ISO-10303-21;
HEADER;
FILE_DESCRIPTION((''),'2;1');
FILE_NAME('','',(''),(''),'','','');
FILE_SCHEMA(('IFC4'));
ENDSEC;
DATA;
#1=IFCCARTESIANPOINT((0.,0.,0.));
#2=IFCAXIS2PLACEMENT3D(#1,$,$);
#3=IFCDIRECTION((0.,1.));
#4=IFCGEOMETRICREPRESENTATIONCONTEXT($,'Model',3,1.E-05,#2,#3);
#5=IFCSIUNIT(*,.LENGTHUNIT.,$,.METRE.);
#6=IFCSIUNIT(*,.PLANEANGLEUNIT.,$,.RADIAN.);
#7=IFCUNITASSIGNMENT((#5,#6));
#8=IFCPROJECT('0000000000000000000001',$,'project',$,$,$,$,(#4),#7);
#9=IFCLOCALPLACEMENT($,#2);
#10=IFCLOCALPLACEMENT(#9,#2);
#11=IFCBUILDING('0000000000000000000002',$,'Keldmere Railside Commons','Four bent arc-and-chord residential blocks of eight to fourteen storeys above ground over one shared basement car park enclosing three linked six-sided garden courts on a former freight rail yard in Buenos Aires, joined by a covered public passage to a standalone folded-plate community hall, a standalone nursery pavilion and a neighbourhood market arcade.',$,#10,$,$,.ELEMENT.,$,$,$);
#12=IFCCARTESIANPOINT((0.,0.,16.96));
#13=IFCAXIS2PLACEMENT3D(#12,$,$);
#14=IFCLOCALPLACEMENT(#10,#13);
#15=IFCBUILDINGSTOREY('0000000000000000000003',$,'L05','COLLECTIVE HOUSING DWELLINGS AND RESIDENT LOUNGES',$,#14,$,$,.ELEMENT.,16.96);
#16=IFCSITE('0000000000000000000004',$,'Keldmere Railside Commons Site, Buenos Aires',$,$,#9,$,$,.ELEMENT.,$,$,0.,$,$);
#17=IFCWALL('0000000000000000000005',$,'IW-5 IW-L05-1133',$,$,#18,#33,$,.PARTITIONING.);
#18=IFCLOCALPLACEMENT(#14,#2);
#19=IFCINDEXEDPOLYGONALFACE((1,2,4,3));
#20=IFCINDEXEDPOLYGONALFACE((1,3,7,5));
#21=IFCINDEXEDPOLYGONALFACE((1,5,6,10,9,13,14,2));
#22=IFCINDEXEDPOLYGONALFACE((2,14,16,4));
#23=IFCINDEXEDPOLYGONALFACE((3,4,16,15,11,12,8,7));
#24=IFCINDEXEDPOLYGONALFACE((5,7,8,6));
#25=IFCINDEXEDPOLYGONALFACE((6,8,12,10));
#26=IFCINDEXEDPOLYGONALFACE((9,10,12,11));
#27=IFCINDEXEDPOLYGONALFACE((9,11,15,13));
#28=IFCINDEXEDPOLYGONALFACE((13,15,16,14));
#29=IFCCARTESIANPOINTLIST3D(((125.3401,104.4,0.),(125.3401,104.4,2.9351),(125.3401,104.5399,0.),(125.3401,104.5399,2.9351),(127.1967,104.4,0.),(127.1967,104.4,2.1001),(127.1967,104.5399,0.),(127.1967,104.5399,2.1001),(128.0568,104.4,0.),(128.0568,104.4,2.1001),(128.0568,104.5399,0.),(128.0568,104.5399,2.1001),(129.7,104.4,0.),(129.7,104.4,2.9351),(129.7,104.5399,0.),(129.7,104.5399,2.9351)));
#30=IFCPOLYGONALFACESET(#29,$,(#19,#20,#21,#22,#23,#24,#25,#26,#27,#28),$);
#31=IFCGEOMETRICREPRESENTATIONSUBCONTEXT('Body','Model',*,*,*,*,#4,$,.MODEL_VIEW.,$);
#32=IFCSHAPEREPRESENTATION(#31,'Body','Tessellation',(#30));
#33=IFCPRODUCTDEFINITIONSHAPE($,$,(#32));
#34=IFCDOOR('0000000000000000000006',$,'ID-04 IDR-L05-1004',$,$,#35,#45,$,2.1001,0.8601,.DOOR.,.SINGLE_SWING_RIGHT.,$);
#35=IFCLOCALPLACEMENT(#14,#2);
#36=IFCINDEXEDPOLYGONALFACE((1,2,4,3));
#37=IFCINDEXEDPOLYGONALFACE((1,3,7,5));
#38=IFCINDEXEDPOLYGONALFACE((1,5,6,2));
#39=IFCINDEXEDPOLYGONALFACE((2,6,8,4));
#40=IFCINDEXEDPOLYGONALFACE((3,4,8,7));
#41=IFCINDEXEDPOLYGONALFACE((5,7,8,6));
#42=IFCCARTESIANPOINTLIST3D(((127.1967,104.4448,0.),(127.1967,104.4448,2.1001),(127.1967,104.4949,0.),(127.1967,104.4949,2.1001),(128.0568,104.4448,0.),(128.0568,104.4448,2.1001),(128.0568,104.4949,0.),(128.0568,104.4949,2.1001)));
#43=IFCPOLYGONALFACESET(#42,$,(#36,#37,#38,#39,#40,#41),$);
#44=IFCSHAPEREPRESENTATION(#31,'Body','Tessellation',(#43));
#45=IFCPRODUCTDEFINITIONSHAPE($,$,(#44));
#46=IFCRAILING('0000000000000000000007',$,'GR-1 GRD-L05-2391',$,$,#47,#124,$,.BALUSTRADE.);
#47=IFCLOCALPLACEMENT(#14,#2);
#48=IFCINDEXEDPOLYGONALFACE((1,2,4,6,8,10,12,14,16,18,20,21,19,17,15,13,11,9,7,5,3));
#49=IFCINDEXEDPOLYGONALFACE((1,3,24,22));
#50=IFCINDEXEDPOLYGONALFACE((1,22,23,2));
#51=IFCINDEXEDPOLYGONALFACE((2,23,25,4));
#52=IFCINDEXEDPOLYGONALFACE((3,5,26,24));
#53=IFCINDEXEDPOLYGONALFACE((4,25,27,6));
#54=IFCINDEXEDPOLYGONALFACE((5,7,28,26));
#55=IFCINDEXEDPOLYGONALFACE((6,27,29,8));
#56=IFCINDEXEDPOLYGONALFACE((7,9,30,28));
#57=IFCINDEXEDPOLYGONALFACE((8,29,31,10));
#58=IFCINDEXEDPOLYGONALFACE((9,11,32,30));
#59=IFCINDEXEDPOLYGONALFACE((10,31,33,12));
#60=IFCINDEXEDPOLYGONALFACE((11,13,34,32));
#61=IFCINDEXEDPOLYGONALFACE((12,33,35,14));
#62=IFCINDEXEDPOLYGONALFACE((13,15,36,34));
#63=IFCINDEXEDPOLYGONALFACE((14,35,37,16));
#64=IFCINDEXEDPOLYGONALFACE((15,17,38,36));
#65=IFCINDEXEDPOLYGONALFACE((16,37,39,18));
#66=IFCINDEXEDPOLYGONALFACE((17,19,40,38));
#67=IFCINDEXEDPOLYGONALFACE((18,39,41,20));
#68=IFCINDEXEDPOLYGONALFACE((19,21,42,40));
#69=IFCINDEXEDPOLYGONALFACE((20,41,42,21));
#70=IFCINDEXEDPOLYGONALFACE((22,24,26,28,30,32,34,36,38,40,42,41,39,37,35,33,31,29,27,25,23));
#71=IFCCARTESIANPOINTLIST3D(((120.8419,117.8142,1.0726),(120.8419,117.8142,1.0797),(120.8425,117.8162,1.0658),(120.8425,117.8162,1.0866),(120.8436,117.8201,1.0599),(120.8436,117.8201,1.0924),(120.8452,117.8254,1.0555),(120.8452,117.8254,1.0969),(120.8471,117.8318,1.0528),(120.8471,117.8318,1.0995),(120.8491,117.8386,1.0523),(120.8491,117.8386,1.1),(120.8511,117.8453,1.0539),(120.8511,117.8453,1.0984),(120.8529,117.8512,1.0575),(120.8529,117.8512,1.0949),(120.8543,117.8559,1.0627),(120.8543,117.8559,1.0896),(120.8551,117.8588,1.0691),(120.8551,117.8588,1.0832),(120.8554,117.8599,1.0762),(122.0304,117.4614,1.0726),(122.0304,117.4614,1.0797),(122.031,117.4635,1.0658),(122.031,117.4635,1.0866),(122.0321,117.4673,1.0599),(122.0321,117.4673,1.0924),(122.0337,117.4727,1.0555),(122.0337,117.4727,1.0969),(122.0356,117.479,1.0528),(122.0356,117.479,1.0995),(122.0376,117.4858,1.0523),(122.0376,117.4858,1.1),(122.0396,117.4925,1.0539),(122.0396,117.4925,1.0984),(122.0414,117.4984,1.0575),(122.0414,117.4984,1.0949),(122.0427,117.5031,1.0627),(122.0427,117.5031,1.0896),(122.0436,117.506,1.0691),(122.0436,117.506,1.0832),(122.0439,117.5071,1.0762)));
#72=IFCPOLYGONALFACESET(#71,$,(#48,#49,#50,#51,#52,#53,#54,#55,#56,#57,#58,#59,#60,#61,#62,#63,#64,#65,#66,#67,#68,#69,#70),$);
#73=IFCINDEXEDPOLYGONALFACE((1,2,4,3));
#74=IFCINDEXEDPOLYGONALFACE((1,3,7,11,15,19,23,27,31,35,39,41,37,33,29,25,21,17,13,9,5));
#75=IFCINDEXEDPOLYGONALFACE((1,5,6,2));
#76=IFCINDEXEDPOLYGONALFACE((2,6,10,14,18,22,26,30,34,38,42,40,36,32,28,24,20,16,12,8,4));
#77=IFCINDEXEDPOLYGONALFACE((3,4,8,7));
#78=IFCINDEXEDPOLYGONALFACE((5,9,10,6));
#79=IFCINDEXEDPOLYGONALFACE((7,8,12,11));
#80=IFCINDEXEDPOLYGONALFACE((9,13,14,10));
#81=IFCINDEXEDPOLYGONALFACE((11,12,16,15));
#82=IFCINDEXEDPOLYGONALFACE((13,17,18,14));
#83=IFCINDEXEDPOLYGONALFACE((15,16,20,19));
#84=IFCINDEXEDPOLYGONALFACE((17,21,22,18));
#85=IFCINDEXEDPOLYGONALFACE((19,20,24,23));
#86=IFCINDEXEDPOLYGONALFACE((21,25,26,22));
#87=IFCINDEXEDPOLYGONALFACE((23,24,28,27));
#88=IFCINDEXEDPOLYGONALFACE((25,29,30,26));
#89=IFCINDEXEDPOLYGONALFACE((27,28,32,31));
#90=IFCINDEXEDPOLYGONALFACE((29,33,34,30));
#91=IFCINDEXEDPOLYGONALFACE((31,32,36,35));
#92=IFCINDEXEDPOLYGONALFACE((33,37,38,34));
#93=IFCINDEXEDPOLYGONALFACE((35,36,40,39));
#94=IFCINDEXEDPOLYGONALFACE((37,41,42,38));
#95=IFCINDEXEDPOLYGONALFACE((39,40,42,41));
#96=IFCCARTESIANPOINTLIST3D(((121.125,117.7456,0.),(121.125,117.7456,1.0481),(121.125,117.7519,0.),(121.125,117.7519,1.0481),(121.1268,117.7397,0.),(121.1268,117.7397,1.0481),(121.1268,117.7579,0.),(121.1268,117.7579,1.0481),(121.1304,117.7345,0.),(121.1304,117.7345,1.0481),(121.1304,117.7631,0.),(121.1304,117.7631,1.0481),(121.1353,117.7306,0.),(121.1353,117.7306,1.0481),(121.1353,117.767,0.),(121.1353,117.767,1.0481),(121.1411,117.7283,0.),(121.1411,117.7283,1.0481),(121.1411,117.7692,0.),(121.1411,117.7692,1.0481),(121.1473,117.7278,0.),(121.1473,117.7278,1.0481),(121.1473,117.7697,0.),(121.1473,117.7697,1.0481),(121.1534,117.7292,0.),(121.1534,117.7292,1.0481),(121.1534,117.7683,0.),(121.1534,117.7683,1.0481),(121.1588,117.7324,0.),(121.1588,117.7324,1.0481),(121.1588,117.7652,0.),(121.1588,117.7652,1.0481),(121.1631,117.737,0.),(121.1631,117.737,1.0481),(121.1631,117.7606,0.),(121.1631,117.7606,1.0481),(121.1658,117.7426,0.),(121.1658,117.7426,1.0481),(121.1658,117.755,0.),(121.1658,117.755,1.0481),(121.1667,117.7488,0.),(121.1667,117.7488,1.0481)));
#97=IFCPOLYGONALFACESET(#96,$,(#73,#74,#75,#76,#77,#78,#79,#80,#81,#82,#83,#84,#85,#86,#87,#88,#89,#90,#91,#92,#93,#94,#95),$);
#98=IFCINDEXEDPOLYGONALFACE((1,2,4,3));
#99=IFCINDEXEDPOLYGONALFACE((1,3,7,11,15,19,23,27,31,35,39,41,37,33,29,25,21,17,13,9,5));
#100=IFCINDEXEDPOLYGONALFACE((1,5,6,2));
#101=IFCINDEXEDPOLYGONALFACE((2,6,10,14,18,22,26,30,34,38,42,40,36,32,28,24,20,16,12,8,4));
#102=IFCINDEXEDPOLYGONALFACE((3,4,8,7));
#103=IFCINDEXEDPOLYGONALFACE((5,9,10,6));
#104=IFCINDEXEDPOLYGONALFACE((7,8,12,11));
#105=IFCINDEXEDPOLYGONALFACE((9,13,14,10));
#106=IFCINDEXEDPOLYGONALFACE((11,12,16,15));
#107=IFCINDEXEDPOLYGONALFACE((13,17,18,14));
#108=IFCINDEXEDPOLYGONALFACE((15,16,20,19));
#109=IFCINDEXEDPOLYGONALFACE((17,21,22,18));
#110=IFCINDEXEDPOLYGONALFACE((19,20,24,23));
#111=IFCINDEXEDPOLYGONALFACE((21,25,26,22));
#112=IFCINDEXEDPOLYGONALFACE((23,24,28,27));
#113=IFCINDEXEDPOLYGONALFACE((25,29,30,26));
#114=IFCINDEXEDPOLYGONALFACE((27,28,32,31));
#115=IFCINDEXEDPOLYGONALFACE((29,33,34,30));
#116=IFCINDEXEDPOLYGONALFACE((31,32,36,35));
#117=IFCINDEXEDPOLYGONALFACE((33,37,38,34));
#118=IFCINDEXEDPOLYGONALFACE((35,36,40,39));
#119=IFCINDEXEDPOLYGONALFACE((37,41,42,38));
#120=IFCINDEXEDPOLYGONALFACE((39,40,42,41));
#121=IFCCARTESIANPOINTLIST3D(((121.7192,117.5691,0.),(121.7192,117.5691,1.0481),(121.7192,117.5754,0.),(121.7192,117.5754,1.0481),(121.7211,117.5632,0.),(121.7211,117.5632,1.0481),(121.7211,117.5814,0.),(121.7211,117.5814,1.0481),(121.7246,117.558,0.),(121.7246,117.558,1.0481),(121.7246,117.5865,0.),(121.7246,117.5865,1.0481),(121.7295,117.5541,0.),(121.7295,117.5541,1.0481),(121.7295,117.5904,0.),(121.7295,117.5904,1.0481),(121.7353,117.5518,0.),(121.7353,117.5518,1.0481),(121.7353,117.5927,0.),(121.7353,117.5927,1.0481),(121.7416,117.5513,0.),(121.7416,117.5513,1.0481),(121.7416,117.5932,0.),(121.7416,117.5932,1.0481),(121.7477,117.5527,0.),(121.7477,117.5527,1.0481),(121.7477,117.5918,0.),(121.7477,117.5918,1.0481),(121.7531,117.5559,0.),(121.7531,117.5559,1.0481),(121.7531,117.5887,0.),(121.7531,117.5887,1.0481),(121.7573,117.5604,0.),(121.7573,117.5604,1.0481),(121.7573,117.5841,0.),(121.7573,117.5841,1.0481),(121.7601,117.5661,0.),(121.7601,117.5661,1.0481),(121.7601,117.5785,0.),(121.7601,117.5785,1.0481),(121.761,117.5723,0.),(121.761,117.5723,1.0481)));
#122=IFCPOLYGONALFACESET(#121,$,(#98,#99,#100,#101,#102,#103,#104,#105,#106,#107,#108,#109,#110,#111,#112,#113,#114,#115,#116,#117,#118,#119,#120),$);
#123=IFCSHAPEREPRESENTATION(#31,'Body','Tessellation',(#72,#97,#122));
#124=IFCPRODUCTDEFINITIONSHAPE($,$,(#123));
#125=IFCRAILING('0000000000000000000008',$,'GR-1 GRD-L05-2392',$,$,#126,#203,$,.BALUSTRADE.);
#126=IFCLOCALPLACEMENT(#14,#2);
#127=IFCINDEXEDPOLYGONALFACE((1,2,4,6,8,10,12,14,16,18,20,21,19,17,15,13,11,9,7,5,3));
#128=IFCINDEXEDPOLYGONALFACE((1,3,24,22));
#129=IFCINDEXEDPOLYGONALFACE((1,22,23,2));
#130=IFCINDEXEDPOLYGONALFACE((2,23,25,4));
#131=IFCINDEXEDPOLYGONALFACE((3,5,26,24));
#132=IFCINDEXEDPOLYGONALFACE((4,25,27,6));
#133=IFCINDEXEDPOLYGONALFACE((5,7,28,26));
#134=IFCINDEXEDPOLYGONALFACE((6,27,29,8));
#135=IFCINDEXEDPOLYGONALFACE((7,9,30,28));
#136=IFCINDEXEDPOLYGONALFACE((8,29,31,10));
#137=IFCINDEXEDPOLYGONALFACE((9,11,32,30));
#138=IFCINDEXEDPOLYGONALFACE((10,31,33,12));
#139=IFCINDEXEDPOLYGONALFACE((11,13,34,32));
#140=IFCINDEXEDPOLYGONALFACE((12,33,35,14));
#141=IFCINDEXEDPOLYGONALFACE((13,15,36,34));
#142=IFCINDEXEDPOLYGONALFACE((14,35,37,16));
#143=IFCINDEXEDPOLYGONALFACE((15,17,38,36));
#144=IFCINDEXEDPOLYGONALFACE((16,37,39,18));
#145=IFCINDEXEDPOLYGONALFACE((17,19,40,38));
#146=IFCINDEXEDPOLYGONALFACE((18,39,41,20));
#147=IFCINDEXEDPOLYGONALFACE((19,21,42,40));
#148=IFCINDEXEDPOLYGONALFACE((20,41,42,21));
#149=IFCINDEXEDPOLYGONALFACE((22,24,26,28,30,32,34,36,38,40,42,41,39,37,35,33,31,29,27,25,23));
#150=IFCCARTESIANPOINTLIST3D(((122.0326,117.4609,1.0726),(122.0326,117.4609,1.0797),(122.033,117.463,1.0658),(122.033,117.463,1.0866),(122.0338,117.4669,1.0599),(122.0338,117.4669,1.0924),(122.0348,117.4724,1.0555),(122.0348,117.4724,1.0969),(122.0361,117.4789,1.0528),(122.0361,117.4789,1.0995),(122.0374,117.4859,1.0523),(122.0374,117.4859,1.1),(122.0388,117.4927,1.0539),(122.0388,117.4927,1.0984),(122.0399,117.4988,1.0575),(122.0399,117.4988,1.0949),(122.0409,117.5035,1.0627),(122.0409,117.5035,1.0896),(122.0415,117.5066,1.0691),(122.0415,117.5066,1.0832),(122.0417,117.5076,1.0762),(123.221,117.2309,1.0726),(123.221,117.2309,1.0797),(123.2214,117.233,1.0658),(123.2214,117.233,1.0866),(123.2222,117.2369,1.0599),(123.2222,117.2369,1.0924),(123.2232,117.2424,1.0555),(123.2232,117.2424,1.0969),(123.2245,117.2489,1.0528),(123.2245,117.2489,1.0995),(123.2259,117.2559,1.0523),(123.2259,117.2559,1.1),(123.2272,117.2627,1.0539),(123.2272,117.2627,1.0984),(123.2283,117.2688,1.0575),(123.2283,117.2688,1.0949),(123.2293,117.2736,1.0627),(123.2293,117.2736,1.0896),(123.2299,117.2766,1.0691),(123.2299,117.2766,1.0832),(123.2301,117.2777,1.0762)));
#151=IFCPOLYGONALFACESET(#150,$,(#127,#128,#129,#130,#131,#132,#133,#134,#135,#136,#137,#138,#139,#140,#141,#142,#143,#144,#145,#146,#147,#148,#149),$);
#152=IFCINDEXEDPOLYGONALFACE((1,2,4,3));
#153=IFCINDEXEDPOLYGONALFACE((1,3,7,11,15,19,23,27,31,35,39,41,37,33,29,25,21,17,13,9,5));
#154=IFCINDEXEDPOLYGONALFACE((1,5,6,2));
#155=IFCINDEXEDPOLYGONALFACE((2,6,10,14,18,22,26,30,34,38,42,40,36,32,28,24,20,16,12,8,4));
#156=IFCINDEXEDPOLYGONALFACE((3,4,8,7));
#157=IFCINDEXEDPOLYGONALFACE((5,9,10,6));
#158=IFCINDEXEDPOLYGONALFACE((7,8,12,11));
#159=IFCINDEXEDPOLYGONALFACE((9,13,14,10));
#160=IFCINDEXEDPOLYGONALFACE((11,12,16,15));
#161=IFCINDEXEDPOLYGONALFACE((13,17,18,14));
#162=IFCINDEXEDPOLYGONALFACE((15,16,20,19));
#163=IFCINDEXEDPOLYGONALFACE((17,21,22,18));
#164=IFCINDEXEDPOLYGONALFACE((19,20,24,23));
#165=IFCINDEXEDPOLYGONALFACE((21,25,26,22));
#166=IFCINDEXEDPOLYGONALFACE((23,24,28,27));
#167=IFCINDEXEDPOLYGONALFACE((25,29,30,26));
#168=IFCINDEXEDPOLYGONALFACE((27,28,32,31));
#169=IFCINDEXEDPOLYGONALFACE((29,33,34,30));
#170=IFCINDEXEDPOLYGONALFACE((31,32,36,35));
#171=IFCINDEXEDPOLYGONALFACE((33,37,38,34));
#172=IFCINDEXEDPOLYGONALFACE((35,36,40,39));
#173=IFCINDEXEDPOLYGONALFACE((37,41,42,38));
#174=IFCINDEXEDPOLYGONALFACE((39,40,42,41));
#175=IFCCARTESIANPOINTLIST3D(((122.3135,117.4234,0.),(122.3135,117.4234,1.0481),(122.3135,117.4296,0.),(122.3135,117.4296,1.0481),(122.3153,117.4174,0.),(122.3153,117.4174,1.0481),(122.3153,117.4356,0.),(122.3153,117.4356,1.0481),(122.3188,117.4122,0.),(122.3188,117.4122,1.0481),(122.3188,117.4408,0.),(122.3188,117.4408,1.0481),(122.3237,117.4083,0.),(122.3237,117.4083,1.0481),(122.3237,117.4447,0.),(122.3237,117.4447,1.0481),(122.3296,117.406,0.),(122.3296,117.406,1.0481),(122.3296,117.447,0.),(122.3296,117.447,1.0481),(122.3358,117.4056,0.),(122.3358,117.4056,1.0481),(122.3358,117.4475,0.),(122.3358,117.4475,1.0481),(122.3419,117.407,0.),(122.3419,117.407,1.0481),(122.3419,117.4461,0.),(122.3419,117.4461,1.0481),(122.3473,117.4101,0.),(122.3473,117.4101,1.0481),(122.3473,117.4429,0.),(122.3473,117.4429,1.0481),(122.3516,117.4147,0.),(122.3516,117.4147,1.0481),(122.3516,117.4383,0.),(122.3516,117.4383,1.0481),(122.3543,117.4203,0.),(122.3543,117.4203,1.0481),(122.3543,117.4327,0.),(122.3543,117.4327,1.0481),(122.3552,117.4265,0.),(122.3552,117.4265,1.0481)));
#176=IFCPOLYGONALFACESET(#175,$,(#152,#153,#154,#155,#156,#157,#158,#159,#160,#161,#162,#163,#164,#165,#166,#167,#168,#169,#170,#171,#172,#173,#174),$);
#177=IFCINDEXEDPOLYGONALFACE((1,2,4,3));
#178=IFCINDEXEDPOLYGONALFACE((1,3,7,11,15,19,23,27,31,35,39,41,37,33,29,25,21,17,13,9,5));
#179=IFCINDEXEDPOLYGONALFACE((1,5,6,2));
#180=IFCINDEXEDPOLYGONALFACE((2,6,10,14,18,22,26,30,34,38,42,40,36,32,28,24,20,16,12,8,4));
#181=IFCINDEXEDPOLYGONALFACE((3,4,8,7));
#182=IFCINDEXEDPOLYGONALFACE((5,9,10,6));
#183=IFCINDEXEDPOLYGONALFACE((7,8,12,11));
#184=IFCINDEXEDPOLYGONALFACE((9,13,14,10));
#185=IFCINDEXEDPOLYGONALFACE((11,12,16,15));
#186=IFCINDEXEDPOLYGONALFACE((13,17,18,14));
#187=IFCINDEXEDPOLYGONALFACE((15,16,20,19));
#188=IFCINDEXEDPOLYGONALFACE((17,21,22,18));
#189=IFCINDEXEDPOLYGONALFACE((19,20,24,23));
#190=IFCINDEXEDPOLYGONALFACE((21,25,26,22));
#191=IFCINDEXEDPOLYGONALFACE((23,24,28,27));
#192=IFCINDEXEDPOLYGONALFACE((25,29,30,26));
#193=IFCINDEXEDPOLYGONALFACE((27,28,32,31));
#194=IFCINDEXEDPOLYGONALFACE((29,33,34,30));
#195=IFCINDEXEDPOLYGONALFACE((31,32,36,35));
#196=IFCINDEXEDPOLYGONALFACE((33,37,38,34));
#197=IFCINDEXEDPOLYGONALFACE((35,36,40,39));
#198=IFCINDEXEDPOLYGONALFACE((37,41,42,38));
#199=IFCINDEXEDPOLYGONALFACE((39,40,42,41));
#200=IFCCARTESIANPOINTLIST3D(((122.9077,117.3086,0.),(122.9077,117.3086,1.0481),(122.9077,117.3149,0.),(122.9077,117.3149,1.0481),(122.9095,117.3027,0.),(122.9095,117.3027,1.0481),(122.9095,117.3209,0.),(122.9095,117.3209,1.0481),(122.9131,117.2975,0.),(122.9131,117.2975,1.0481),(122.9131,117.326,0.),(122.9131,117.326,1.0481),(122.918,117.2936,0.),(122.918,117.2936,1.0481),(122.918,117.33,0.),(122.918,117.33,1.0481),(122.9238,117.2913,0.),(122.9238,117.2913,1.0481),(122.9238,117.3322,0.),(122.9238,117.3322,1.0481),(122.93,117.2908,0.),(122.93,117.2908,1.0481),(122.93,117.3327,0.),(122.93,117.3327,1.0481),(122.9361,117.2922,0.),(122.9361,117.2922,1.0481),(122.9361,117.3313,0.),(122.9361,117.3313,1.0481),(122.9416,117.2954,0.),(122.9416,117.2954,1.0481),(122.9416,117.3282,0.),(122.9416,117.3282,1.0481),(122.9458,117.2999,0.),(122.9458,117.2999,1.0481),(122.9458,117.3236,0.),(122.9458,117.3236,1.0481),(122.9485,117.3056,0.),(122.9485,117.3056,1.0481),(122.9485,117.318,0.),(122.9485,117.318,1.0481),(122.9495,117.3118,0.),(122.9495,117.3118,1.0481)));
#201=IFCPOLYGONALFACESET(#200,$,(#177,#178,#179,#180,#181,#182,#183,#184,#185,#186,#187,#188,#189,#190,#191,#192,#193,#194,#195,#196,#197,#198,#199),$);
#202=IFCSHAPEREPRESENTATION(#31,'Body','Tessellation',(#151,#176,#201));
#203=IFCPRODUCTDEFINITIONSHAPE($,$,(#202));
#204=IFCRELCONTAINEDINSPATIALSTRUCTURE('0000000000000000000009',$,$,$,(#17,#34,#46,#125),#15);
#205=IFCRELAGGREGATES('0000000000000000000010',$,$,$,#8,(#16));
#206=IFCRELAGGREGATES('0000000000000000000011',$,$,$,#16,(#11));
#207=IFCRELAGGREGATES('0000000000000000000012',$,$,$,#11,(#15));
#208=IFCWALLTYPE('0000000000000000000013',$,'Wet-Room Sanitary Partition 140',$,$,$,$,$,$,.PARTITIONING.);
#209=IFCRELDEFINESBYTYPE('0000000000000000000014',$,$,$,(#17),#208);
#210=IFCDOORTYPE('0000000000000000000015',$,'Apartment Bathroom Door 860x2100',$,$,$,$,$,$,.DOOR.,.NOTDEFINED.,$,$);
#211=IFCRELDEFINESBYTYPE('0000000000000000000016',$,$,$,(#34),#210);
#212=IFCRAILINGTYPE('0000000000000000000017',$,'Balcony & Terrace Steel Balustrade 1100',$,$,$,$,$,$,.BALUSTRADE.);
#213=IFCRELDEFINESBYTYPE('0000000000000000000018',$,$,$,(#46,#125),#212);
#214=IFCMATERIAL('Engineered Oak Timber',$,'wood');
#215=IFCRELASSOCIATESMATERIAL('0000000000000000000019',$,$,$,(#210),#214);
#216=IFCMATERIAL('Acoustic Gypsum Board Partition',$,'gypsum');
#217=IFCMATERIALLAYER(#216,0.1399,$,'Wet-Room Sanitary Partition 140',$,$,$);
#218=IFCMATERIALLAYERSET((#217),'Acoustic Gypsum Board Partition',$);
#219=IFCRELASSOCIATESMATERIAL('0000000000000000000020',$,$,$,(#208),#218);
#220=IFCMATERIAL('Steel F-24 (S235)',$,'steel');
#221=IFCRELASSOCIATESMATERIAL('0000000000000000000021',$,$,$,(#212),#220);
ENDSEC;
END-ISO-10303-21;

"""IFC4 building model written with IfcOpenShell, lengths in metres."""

from ifc_helpers import new_model, si_unit, direction, frame, frame_2d, origin, origin_2d, place, context, subcontext, project, spatial, rectangle, circle, extrude, material, layer, layer_set, type_object, element, fill, save


model = new_model("IFC4")

# Units and contexts
model_context = context("Model", 3, precision=1e-05, world=origin(), true_north=direction((0.0, 1.0)))
body_context = subcontext(model_context, "Body", "Model", "MODEL_VIEW")
ifc_project = project(units=[si_unit("LENGTHUNIT", "METRE"), si_unit("PLANEANGLEUNIT", "RADIAN")], contexts=[model_context])

# Site, building, storey
site_placement = place(None, origin())
site = spatial("IfcSite", under=ifc_project, at=site_placement, Name="Keldmere Railside Commons Site, Buenos Aires", CompositionType="ELEMENT", RefElevation=0.0)
building_placement = place(site_placement, origin())
building = spatial("IfcBuilding", under=site, at=building_placement, Name="Keldmere Railside Commons", Description="Four bent arc-and-chord residential blocks of eight to fourteen storeys above ground over one shared basement car park enclosing three linked six-sided garden courts on a former freight rail yard in Buenos Aires, joined by a covered public passage to a standalone folded-plate community hall, a standalone nursery pavilion and a neighbourhood market arcade.", CompositionType="ELEMENT")
storey_placement = place(building_placement, frame((0.0, 0.0, 16.96)))
storey = spatial("IfcBuildingStorey", under=building, at=storey_placement, Name="L05", Description="COLLECTIVE HOUSING DWELLINGS AND RESIDENT LOUNGES", CompositionType="ELEMENT", Elevation=16.96)

# Shared definitions
ifc_material_1 = material(Name="Acoustic Gypsum Board Partition", Category="gypsum")

# Shared definitions
ifc_material_2 = material(Name="Engineered Oak Timber", Category="wood")
door_type_1 = type_object("IfcDoorType", Name="Apartment Bathroom Door 860x2100", OperationType="NOTDEFINED", PredefinedType="DOOR", material=ifc_material_2)

# Wall, opening, door
ifc_layer_1 = layer(ifc_material_1, 0.1399, Name="Wet-Room Sanitary Partition 140")
ifc_layer_set_1 = layer_set([ifc_layer_1], Name="Acoustic Gypsum Board Partition")
wall_type_1 = type_object("IfcWallType", Name="Wet-Room Sanitary Partition 140", PredefinedType="PARTITIONING", material=ifc_layer_set_1)
wall_1_placement = place(storey_placement, frame((125.3401, 104.47, 0.0), z_axis=(0.0, 0.0, 1.0), x_axis=(1.0, 0.0, 0.0)))
wall_1 = element("IfcWall", 1, at=wall_1_placement, inside=storey, type_object=wall_type_1, Name="IW-5 IW-L05-1133", PredefinedType="PARTITIONING", context=body_context, shape_type="SweptSolid", body=[
    extrude(rectangle(XDim=4.3599, YDim=0.1399, at=frame_2d((2.1799, 0.0))), origin(), (0.0, 0.0, 1.0), 2.9351),
])
opening_1_placement = place(wall_1_placement, frame((1.8564, 0.0, 0.0)))
opening_1 = element("IfcOpeningElement", 2, at=opening_1_placement, cuts=wall_1, PredefinedType="OPENING", context=body_context, shape_type="SweptSolid", body=[
    extrude(rectangle(XDim=0.8601, YDim=2.1001, at=frame_2d((0.4302, 1.05))), frame((0.0, 0.0798, 0.0), z_axis=(0.0, -1.0, 0.0), x_axis=(1.0, 0.0, 0.0)), (0.0, 0.0, 1.0), 0.1599),
])
door_1_placement = place(opening_1_placement, origin())
door_1 = element("IfcDoor", 3, at=door_1_placement, inside=storey, type_object=door_type_1, Name="ID-04 IDR-L05-1004", OperationType="SINGLE_SWING_RIGHT", OverallHeight=2.1001, OverallWidth=0.8601, PredefinedType="DOOR", context=body_context, shape_type="SweptSolid", body=[
    extrude(rectangle(XDim=0.8601, YDim=2.1001, at=frame_2d((0.4302, 1.05))), frame((0.0, 0.0249, 0.0), z_axis=(0.0, -1.0, 0.0), x_axis=(1.0, 0.0, 0.0)), (0.0, 0.0, 1.0), 0.05),
])
fill(opening_1, door_1)

# Railings
ifc_material_3 = material(Name="Steel F-24 (S235)", Category="steel")
railing_type = type_object("IfcRailingType", Name="Balcony & Terrace Steel Balustrade 1100", PredefinedType="BALUSTRADE", material=ifc_material_3)
railing_1_placement = place(storey_placement, frame((120.8486, 117.8369, 0.0)))
element("IfcRailing", 4, at=railing_1_placement, inside=storey, type_object=railing_type, Name="GR-1 GRD-L05-2391", PredefinedType="BALUSTRADE", context=body_context, shape_type="SweptSolid", body=[
    extrude(circle(Radius=0.0239, at=origin_2d()), frame((0.0, 0.0, 1.0762), z_axis=(0.958657, -0.284564, 0.0), x_axis=(0.284564, 0.958657, 0.0)), (0.0, 0.0, 1.0), 1.2397),
    extrude(circle(Radius=0.021, at=origin_2d()), frame((0.2971, -0.0881, 0.0)), (0.0, 0.0, 1.0), 1.0481),
    extrude(circle(Radius=0.021, at=origin_2d()), frame((0.8914, -0.2646, 0.0)), (0.0, 0.0, 1.0), 1.0481),
])
railing_2_placement = place(storey_placement, frame((122.0371, 117.4841, 0.0)))
element("IfcRailing", 5, at=railing_2_placement, inside=storey, type_object=railing_type, Name="GR-1 GRD-L05-2392", PredefinedType="BALUSTRADE", context=body_context, shape_type="SweptSolid", body=[
    extrude(circle(Radius=0.0239, at=origin_2d()), frame((0.0, 0.0, 1.0762), z_axis=(0.981787, -0.189984, 0.0), x_axis=(0.189984, 0.981787, 0.0)), (0.0, 0.0, 1.0), 1.2104),
    extrude(circle(Radius=0.021, at=origin_2d()), frame((0.2971, -0.0576, 0.0)), (0.0, 0.0, 1.0), 1.0481),
    extrude(circle(Radius=0.021, at=origin_2d()), frame((0.8914, -0.1724, 0.0)), (0.0, 0.0, 1.0), 1.0481),
])

save(model, "model.ifc")
